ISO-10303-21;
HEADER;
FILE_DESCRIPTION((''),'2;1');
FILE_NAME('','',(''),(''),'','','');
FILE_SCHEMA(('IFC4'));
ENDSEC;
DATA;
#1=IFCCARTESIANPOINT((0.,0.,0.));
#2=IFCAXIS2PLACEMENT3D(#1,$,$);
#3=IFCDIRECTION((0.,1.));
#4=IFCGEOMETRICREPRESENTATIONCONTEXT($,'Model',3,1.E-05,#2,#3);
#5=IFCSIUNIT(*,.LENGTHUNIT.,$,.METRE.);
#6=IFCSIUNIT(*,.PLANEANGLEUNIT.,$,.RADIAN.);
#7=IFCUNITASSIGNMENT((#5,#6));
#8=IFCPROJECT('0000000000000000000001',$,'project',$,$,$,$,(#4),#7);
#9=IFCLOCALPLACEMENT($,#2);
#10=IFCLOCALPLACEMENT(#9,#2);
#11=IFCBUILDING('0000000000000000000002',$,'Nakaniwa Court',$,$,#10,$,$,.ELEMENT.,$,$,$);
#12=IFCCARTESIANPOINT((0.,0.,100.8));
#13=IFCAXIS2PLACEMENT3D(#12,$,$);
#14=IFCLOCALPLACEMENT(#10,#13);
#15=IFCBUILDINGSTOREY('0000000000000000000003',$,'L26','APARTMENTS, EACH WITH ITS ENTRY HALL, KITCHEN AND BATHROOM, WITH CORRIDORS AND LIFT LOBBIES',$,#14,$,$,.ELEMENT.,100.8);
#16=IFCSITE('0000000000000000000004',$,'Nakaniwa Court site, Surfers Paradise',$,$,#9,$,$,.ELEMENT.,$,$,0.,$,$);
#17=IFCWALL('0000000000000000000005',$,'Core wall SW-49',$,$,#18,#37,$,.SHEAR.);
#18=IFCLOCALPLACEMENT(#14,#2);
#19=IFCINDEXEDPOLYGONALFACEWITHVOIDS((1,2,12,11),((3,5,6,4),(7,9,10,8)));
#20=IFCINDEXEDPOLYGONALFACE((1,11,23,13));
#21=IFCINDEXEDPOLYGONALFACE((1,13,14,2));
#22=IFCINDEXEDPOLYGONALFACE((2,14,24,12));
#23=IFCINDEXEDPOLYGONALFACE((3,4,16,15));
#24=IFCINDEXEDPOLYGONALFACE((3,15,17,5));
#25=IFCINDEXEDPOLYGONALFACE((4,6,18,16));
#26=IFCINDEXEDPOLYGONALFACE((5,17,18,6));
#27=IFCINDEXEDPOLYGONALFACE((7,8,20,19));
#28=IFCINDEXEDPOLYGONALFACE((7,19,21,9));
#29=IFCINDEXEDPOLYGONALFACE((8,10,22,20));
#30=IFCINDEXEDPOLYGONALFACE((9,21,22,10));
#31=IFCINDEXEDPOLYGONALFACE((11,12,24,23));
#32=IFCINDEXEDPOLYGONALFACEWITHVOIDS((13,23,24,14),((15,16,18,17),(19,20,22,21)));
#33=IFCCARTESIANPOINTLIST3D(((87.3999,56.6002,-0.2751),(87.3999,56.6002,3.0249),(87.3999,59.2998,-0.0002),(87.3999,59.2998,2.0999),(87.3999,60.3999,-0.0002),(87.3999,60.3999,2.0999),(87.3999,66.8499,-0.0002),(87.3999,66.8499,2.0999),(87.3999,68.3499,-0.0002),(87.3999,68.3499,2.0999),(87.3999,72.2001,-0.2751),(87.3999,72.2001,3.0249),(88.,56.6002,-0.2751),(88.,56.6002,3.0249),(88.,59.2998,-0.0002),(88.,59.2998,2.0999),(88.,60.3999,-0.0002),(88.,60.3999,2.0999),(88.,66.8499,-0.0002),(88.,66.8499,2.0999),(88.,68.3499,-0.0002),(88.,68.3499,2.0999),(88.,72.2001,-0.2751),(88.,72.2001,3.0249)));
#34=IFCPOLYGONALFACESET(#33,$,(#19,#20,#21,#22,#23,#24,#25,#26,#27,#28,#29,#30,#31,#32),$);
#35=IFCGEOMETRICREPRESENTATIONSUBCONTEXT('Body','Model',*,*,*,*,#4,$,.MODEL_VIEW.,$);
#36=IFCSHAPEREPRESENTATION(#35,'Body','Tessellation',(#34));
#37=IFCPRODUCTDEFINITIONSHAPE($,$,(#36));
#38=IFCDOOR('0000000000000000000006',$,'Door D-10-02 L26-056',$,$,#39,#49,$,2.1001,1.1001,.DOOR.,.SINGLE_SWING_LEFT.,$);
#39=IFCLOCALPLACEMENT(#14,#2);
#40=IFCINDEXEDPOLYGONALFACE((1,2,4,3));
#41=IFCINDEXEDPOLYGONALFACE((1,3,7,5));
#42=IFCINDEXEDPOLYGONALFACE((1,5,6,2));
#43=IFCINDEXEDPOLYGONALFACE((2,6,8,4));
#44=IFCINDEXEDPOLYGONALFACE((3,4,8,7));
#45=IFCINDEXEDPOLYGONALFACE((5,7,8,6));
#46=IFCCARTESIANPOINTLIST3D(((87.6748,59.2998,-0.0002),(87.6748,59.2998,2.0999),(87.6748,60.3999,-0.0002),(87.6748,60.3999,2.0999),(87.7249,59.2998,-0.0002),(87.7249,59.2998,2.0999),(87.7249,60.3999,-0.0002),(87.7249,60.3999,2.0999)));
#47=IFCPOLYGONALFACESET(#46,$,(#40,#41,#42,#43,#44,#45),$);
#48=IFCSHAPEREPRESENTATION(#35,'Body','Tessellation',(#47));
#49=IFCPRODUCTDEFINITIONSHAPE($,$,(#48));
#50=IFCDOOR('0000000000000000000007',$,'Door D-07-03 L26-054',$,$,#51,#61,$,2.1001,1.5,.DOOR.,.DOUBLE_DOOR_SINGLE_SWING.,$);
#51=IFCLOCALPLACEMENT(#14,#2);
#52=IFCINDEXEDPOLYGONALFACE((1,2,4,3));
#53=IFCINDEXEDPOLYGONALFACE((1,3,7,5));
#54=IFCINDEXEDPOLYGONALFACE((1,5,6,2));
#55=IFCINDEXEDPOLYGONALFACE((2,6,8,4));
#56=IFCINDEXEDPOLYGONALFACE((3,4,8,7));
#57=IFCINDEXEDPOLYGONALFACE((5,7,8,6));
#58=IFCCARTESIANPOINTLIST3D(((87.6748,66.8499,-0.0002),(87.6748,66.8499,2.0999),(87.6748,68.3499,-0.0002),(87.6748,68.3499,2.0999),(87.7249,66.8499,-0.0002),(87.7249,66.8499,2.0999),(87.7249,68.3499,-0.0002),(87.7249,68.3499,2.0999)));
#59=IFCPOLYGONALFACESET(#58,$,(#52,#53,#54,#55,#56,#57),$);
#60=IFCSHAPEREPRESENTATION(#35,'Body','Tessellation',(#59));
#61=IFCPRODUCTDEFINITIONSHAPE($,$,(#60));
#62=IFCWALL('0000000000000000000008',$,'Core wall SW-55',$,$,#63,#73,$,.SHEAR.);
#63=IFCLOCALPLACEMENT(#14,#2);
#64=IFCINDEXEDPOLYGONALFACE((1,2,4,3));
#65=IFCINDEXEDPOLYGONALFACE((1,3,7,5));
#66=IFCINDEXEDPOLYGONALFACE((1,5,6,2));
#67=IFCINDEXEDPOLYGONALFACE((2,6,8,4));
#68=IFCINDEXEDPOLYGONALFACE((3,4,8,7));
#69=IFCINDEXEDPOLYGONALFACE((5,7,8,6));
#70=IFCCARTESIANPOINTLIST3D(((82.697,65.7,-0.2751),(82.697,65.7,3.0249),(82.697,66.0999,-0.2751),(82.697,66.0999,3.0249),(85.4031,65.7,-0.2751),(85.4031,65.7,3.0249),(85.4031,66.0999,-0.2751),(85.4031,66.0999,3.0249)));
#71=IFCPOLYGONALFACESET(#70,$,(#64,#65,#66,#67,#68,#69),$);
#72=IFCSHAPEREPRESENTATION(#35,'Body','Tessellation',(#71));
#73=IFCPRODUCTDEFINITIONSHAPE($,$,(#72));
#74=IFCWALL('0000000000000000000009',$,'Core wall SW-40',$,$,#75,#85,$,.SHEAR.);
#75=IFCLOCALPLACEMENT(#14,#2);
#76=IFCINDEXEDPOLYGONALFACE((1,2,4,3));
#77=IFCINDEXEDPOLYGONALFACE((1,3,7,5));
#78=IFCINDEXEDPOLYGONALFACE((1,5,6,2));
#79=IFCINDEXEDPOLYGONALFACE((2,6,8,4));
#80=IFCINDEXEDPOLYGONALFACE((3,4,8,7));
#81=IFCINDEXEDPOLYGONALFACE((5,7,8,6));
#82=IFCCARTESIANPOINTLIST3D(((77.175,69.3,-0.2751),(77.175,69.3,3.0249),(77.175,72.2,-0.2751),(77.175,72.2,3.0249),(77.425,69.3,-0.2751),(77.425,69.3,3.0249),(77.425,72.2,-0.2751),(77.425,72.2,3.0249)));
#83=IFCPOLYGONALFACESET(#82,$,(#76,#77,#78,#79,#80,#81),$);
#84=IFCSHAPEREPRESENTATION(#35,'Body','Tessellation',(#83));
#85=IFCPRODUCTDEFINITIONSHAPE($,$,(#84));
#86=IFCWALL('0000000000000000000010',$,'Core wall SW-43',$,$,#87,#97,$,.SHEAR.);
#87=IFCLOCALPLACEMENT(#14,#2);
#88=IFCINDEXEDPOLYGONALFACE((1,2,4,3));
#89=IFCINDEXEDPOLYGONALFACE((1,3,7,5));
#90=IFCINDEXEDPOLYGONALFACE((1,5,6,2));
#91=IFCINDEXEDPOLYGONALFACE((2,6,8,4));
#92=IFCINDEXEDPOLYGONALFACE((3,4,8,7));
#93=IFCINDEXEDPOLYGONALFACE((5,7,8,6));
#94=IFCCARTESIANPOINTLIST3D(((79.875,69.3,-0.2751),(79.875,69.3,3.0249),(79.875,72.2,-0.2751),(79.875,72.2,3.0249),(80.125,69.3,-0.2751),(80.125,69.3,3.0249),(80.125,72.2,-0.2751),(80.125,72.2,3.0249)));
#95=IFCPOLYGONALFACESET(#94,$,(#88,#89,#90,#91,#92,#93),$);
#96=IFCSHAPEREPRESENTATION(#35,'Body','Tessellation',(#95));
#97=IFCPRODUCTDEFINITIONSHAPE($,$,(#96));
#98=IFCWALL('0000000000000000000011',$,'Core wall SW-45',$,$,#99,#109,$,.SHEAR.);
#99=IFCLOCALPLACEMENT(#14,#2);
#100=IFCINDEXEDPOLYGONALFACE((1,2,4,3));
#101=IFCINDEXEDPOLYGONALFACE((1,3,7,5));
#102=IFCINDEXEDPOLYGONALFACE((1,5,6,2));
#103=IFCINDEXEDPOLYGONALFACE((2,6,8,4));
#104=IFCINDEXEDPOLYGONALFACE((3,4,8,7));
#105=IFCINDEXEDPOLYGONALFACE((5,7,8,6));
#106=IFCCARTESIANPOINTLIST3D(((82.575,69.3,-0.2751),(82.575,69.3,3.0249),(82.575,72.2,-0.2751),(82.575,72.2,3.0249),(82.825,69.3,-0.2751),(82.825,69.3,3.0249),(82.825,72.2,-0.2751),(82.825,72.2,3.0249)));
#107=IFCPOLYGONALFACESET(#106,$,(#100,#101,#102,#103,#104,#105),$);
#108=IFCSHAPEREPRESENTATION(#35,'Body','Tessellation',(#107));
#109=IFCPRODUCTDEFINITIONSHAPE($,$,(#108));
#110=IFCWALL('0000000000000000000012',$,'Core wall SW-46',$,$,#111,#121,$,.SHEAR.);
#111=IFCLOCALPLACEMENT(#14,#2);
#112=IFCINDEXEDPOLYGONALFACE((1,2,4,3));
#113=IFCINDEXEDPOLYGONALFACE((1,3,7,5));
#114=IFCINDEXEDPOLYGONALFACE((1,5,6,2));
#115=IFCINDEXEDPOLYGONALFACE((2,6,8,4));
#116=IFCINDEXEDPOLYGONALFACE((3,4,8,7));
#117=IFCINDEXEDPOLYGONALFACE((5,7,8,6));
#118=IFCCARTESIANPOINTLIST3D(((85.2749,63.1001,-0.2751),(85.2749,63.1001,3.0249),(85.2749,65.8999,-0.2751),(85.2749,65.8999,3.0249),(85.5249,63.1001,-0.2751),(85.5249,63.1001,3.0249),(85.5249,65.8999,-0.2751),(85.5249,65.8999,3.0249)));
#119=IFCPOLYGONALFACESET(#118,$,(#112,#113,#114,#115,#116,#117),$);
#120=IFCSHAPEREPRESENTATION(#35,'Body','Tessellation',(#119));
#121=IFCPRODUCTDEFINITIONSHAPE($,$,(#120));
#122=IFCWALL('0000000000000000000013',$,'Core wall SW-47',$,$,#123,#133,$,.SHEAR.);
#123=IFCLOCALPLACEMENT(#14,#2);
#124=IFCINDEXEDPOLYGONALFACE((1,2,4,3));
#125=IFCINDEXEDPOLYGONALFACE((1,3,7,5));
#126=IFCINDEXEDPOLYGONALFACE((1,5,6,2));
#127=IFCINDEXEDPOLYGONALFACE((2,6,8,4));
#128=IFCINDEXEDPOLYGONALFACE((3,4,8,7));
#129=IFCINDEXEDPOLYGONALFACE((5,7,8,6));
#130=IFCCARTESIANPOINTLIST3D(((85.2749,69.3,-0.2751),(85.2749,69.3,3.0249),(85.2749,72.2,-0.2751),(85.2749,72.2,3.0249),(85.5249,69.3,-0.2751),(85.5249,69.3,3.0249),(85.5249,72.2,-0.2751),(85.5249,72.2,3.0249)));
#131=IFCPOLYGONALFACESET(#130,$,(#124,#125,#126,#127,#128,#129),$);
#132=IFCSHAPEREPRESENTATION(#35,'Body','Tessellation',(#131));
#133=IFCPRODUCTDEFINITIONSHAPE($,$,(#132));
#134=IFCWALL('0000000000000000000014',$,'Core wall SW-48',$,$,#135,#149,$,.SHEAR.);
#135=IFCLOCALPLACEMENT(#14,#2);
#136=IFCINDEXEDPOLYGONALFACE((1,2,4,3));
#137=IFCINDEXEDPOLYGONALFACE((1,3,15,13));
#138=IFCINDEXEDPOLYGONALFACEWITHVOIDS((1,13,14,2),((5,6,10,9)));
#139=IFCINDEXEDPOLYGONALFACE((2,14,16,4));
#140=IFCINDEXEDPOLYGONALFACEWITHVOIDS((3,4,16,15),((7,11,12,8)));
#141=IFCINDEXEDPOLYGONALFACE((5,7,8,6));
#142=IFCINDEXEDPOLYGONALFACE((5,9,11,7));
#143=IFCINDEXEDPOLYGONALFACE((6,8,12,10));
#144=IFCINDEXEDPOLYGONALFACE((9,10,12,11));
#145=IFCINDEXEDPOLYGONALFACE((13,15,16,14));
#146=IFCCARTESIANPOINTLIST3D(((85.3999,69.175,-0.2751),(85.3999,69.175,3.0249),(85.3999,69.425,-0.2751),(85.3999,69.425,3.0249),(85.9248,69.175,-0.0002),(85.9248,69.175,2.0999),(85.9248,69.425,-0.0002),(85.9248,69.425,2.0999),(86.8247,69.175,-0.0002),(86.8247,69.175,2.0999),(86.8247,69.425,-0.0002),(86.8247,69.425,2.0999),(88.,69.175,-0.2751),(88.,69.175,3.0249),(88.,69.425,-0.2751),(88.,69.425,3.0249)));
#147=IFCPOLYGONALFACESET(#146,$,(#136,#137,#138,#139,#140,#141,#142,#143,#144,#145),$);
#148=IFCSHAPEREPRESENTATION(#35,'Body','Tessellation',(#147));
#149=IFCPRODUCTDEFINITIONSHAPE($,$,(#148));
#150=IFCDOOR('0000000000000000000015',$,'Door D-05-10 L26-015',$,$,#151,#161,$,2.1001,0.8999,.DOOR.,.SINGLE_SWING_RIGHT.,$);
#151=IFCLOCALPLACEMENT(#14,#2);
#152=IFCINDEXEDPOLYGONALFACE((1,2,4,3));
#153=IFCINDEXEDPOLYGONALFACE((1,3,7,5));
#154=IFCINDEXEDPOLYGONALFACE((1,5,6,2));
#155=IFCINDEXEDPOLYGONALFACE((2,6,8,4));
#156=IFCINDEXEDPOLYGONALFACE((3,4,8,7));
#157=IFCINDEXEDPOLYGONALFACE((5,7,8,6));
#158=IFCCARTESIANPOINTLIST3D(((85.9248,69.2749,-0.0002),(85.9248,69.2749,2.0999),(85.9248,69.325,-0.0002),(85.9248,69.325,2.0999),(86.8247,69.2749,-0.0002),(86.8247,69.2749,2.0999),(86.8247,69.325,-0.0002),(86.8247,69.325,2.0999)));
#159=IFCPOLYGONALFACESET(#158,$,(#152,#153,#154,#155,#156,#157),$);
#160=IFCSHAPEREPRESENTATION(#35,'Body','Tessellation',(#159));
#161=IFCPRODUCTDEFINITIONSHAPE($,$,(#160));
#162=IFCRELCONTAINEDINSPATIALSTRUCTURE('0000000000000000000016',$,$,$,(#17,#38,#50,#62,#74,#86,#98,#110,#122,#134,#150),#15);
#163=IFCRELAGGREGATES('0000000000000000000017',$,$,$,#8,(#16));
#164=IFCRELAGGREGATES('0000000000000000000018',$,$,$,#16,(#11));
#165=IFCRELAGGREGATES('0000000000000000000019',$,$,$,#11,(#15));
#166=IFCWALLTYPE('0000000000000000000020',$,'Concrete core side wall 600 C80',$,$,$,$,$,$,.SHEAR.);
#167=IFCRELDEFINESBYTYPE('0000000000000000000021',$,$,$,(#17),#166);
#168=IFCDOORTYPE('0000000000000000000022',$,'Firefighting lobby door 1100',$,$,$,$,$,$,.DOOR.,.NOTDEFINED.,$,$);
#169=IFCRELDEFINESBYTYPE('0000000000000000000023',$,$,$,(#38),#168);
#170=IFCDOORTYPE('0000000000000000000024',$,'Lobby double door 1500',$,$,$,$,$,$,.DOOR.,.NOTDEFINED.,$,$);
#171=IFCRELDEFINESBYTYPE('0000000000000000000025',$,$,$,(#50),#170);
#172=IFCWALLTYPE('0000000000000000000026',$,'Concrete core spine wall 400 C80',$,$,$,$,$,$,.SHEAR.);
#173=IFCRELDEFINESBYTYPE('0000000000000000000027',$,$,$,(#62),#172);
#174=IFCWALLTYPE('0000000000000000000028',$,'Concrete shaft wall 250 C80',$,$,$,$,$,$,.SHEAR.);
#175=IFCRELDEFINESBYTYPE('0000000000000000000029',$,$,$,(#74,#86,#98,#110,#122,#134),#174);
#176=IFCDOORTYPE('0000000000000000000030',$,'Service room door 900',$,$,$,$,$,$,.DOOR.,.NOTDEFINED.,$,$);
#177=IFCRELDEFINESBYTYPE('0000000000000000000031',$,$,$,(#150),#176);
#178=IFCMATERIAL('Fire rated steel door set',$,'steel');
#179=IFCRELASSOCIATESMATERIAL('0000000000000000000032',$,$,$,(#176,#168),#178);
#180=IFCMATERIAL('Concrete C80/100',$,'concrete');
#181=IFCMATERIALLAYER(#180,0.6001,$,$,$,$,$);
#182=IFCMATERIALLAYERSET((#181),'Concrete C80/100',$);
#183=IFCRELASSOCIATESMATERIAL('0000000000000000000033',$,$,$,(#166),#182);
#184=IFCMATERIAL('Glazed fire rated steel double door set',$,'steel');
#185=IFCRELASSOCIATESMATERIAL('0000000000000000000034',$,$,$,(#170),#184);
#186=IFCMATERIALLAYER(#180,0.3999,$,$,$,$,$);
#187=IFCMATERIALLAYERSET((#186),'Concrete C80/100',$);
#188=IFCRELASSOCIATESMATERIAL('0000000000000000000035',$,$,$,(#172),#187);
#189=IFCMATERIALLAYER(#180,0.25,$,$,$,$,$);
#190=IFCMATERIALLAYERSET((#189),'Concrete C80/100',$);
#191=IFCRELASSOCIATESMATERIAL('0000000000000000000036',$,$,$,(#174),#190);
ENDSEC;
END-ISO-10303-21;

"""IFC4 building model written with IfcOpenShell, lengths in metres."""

from ifc_helpers import new_model, si_unit, direction, frame, frame_2d, origin, place, context, subcontext, project, spatial, rectangle, extrude, material, layer, layer_set, type_object, element, fill, save


model = new_model("IFC4")

# Units and contexts
model_context = context("Model", 3, precision=1e-05, world=origin(), true_north=direction((0.0, 1.0)))
body_context = subcontext(model_context, "Body", "Model", "MODEL_VIEW")
ifc_project = project(units=[si_unit("LENGTHUNIT", "METRE"), si_unit("PLANEANGLEUNIT", "RADIAN")], contexts=[model_context])

# Site, building, storey
site_placement = place(None, origin())
site = spatial("IfcSite", under=ifc_project, at=site_placement, Name="Nakaniwa Court site, Surfers Paradise", CompositionType="ELEMENT", RefElevation=0.0)
building_placement = place(site_placement, origin())
building = spatial("IfcBuilding", under=site, at=building_placement, Name="Nakaniwa Court", CompositionType="ELEMENT")
storey_placement = place(building_placement, frame((0.0, 0.0, 100.8)))
storey = spatial("IfcBuildingStorey", under=building, at=storey_placement, Name="L26", Description="APARTMENTS, EACH WITH ITS ENTRY HALL, KITCHEN AND BATHROOM, WITH CORRIDORS AND LIFT LOBBIES", CompositionType="ELEMENT", Elevation=100.8)

# Shared definitions
ifc_material_1 = material(Name="Concrete C80/100", Category="concrete")

# Shared definitions
ifc_material_2 = material(Name="Fire rated steel door set", Category="steel")
door_type_1 = type_object("IfcDoorType", Name="Service room door 900", OperationType="NOTDEFINED", PredefinedType="DOOR", material=ifc_material_2)

# Wall, openings, doors
ifc_layer_1 = layer(ifc_material_1, 0.6001)
ifc_layer_set_1 = layer_set([ifc_layer_1], Name="Concrete C80/100")
wall_type_1 = type_object("IfcWallType", Name="Concrete core side wall 600 C80", PredefinedType="SHEAR", material=ifc_layer_set_1)
wall_1_placement = place(storey_placement, frame((87.7, 72.2, -0.2751), z_axis=(0.0, 0.0, 1.0), x_axis=(0.0, -1.0, 0.0)))
wall_1 = element("IfcWall", 1, at=wall_1_placement, inside=storey, type_object=wall_type_1, Name="Core wall SW-49", PredefinedType="SHEAR", context=body_context, shape_type="SweptSolid", body=[
    extrude(rectangle(XDim=15.5999, YDim=0.6001, at=frame_2d((7.7998, 0.0))), origin(), (0.0, 0.0, 1.0), 3.3),
])
opening_1_placement = place(wall_1_placement, frame((3.8501, 0.0, 0.2749)))
opening_1 = element("IfcOpeningElement", 2, at=opening_1_placement, cuts=wall_1, PredefinedType="OPENING", context=body_context, shape_type="SweptSolid", body=[
    extrude(rectangle(XDim=1.5, YDim=2.1001, at=frame_2d((0.75, 1.05))), frame((0.0, 0.3101, 0.0), z_axis=(0.0, -1.0, 0.0), x_axis=(1.0, 0.0, 0.0)), (0.0, 0.0, 1.0), 0.6201),
])
opening_2_placement = place(wall_1_placement, frame((11.8, 0.0, 0.2749)))
opening_2 = element("IfcOpeningElement", 3, at=opening_2_placement, cuts=wall_1, PredefinedType="OPENING", context=body_context, shape_type="SweptSolid", body=[
    extrude(rectangle(XDim=1.1001, YDim=2.1001, at=frame_2d((0.55, 1.05))), frame((0.0, 0.3101, 0.0), z_axis=(0.0, -1.0, 0.0), x_axis=(1.0, 0.0, 0.0)), (0.0, 0.0, 1.0), 0.6201),
])
door_type_2 = type_object("IfcDoorType", Name="Firefighting lobby door 1100", OperationType="NOTDEFINED", PredefinedType="DOOR", material=ifc_material_2)
door_1_placement = place(opening_2_placement, origin())
door_1 = element("IfcDoor", 4, at=door_1_placement, inside=storey, type_object=door_type_2, Name="Door D-10-02 L26-056", OperationType="SINGLE_SWING_LEFT", OverallHeight=2.1001, OverallWidth=1.1001, PredefinedType="DOOR", context=body_context, shape_type="SweptSolid", body=[
    extrude(rectangle(XDim=1.1001, YDim=2.1001, at=frame_2d((0.55, 1.05))), frame((0.0, 0.0249, 0.0), z_axis=(0.0, -1.0, 0.0), x_axis=(1.0, 0.0, 0.0)), (0.0, 0.0, 1.0), 0.05),
])
fill(opening_2, door_1)
ifc_material_3 = material(Name="Glazed fire rated steel double door set", Category="steel")
door_type_3 = type_object("IfcDoorType", Name="Lobby double door 1500", OperationType="NOTDEFINED", PredefinedType="DOOR", material=ifc_material_3)
door_2_placement = place(opening_1_placement, origin())
door_2 = element("IfcDoor", 5, at=door_2_placement, inside=storey, type_object=door_type_3, Name="Door D-07-03 L26-054", OperationType="DOUBLE_DOOR_SINGLE_SWING", OverallHeight=2.1001, OverallWidth=1.5, PredefinedType="DOOR", context=body_context, shape_type="SweptSolid", body=[
    extrude(rectangle(XDim=1.5, YDim=2.1001, at=frame_2d((0.75, 1.05))), frame((0.0, 0.0249, 0.0), z_axis=(0.0, -1.0, 0.0), x_axis=(1.0, 0.0, 0.0)), (0.0, 0.0, 1.0), 0.05),
])
fill(opening_1, door_2)

# Walls
ifc_layer_2 = layer(ifc_material_1, 0.3999)
ifc_layer_set_2 = layer_set([ifc_layer_2], Name="Concrete C80/100")
wall_type_2 = type_object("IfcWallType", Name="Concrete core spine wall 400 C80", PredefinedType="SHEAR", material=ifc_layer_set_2)
wall_2_placement = place(storey_placement, frame((82.697, 65.8999, -0.2751), z_axis=(0.0, 0.0, 1.0), x_axis=(1.0, 0.0, 0.0)))
element("IfcWall", 6, at=wall_2_placement, inside=storey, type_object=wall_type_2, Name="Core wall SW-55", PredefinedType="SHEAR", context=body_context, shape_type="SweptSolid", body=[
    extrude(rectangle(XDim=2.7061, YDim=0.3999, at=frame_2d((1.353, 0.0))), origin(), (0.0, 0.0, 1.0), 3.3),
])
ifc_layer_3 = layer(ifc_material_1, 0.25)
ifc_layer_set_3 = layer_set([ifc_layer_3], Name="Concrete C80/100")
wall_type_3 = type_object("IfcWallType", Name="Concrete shaft wall 250 C80", PredefinedType="SHEAR", material=ifc_layer_set_3)
for number, where, z_axis, x_axis, name in (
    (7, (77.3, 69.3, -0.2751), (0.0, 0.0, 1.0), (0.0, 1.0, 0.0), "Core wall SW-40"),
    (8, (80.0, 69.3, -0.2751), (0.0, 0.0, 1.0), (0.0, 1.0, 0.0), "Core wall SW-43"),
    (9, (82.7, 69.3, -0.2751), (0.0, 0.0, 1.0), (0.0, 1.0, 0.0), "Core wall SW-45"),
):
    element("IfcWall", number, at=place(storey_placement, frame(where, z_axis=z_axis, x_axis=x_axis)), inside=storey, type_object=wall_type_3, Name=name, PredefinedType="SHEAR", context=body_context, shape_type="SweptSolid", body=[
        extrude(rectangle(XDim=2.8999, YDim=0.25, at=frame_2d((1.45, 0.0))), origin(), (0.0, 0.0, 1.0), 3.3),
    ])
wall_3_placement = place(storey_placement, frame((85.3999, 63.1001, -0.2751), z_axis=(0.0, 0.0, 1.0), x_axis=(0.0, 1.0, 0.0)))
element("IfcWall", 10, at=wall_3_placement, inside=storey, type_object=wall_type_3, Name="Core wall SW-46", PredefinedType="SHEAR", context=body_context, shape_type="SweptSolid", body=[
    extrude(rectangle(XDim=2.7998, YDim=0.25, at=frame_2d((1.3999, 0.0))), origin(), (0.0, 0.0, 1.0), 3.3),
])
wall_4_placement = place(storey_placement, frame((85.3999, 69.3, -0.2751), z_axis=(0.0, 0.0, 1.0), x_axis=(0.0, 1.0, 0.0)))
element("IfcWall", 11, at=wall_4_placement, inside=storey, type_object=wall_type_3, Name="Core wall SW-47", PredefinedType="SHEAR", context=body_context, shape_type="SweptSolid", body=[
    extrude(rectangle(XDim=2.8999, YDim=0.25, at=frame_2d((1.45, 0.0))), origin(), (0.0, 0.0, 1.0), 3.3),
])

# Wall, opening, door
wall_5_placement = place(storey_placement, frame((85.3999, 69.3, -0.2751), z_axis=(0.0, 0.0, 1.0), x_axis=(1.0, 0.0, 0.0)))
wall_5 = element("IfcWall", 12, at=wall_5_placement, inside=storey, type_object=wall_type_3, Name="Core wall SW-48", PredefinedType="SHEAR", context=body_context, shape_type="SweptSolid", body=[
    extrude(rectangle(XDim=2.6001, YDim=0.25, at=frame_2d((1.3, 0.0))), origin(), (0.0, 0.0, 1.0), 3.3),
])
opening_3_placement = place(wall_5_placement, frame((0.5249, 0.0, 0.2749)))
opening_3 = element("IfcOpeningElement", 13, at=opening_3_placement, cuts=wall_5, PredefinedType="OPENING", context=body_context, shape_type="SweptSolid", body=[
    extrude(rectangle(XDim=0.8999, YDim=2.1001, at=frame_2d((0.45, 1.05))), frame((0.0, 0.135, 0.0), z_axis=(0.0, -1.0, 0.0), x_axis=(1.0, 0.0, 0.0)), (0.0, 0.0, 1.0), 0.27),
])
door_3_placement = place(opening_3_placement, origin())
door_3 = element("IfcDoor", 14, at=door_3_placement, inside=storey, type_object=door_type_1, Name="Door D-05-10 L26-015", OperationType="SINGLE_SWING_RIGHT", OverallHeight=2.1001, OverallWidth=0.8999, PredefinedType="DOOR", context=body_context, shape_type="SweptSolid", body=[
    extrude(rectangle(XDim=0.8999, YDim=2.1001, at=frame_2d((0.45, 1.05))), frame((0.0, 0.0249, 0.0), z_axis=(0.0, -1.0, 0.0), x_axis=(1.0, 0.0, 0.0)), (0.0, 0.0, 1.0), 0.05),
])
fill(opening_3, door_3)

save(model, "model.ifc")
